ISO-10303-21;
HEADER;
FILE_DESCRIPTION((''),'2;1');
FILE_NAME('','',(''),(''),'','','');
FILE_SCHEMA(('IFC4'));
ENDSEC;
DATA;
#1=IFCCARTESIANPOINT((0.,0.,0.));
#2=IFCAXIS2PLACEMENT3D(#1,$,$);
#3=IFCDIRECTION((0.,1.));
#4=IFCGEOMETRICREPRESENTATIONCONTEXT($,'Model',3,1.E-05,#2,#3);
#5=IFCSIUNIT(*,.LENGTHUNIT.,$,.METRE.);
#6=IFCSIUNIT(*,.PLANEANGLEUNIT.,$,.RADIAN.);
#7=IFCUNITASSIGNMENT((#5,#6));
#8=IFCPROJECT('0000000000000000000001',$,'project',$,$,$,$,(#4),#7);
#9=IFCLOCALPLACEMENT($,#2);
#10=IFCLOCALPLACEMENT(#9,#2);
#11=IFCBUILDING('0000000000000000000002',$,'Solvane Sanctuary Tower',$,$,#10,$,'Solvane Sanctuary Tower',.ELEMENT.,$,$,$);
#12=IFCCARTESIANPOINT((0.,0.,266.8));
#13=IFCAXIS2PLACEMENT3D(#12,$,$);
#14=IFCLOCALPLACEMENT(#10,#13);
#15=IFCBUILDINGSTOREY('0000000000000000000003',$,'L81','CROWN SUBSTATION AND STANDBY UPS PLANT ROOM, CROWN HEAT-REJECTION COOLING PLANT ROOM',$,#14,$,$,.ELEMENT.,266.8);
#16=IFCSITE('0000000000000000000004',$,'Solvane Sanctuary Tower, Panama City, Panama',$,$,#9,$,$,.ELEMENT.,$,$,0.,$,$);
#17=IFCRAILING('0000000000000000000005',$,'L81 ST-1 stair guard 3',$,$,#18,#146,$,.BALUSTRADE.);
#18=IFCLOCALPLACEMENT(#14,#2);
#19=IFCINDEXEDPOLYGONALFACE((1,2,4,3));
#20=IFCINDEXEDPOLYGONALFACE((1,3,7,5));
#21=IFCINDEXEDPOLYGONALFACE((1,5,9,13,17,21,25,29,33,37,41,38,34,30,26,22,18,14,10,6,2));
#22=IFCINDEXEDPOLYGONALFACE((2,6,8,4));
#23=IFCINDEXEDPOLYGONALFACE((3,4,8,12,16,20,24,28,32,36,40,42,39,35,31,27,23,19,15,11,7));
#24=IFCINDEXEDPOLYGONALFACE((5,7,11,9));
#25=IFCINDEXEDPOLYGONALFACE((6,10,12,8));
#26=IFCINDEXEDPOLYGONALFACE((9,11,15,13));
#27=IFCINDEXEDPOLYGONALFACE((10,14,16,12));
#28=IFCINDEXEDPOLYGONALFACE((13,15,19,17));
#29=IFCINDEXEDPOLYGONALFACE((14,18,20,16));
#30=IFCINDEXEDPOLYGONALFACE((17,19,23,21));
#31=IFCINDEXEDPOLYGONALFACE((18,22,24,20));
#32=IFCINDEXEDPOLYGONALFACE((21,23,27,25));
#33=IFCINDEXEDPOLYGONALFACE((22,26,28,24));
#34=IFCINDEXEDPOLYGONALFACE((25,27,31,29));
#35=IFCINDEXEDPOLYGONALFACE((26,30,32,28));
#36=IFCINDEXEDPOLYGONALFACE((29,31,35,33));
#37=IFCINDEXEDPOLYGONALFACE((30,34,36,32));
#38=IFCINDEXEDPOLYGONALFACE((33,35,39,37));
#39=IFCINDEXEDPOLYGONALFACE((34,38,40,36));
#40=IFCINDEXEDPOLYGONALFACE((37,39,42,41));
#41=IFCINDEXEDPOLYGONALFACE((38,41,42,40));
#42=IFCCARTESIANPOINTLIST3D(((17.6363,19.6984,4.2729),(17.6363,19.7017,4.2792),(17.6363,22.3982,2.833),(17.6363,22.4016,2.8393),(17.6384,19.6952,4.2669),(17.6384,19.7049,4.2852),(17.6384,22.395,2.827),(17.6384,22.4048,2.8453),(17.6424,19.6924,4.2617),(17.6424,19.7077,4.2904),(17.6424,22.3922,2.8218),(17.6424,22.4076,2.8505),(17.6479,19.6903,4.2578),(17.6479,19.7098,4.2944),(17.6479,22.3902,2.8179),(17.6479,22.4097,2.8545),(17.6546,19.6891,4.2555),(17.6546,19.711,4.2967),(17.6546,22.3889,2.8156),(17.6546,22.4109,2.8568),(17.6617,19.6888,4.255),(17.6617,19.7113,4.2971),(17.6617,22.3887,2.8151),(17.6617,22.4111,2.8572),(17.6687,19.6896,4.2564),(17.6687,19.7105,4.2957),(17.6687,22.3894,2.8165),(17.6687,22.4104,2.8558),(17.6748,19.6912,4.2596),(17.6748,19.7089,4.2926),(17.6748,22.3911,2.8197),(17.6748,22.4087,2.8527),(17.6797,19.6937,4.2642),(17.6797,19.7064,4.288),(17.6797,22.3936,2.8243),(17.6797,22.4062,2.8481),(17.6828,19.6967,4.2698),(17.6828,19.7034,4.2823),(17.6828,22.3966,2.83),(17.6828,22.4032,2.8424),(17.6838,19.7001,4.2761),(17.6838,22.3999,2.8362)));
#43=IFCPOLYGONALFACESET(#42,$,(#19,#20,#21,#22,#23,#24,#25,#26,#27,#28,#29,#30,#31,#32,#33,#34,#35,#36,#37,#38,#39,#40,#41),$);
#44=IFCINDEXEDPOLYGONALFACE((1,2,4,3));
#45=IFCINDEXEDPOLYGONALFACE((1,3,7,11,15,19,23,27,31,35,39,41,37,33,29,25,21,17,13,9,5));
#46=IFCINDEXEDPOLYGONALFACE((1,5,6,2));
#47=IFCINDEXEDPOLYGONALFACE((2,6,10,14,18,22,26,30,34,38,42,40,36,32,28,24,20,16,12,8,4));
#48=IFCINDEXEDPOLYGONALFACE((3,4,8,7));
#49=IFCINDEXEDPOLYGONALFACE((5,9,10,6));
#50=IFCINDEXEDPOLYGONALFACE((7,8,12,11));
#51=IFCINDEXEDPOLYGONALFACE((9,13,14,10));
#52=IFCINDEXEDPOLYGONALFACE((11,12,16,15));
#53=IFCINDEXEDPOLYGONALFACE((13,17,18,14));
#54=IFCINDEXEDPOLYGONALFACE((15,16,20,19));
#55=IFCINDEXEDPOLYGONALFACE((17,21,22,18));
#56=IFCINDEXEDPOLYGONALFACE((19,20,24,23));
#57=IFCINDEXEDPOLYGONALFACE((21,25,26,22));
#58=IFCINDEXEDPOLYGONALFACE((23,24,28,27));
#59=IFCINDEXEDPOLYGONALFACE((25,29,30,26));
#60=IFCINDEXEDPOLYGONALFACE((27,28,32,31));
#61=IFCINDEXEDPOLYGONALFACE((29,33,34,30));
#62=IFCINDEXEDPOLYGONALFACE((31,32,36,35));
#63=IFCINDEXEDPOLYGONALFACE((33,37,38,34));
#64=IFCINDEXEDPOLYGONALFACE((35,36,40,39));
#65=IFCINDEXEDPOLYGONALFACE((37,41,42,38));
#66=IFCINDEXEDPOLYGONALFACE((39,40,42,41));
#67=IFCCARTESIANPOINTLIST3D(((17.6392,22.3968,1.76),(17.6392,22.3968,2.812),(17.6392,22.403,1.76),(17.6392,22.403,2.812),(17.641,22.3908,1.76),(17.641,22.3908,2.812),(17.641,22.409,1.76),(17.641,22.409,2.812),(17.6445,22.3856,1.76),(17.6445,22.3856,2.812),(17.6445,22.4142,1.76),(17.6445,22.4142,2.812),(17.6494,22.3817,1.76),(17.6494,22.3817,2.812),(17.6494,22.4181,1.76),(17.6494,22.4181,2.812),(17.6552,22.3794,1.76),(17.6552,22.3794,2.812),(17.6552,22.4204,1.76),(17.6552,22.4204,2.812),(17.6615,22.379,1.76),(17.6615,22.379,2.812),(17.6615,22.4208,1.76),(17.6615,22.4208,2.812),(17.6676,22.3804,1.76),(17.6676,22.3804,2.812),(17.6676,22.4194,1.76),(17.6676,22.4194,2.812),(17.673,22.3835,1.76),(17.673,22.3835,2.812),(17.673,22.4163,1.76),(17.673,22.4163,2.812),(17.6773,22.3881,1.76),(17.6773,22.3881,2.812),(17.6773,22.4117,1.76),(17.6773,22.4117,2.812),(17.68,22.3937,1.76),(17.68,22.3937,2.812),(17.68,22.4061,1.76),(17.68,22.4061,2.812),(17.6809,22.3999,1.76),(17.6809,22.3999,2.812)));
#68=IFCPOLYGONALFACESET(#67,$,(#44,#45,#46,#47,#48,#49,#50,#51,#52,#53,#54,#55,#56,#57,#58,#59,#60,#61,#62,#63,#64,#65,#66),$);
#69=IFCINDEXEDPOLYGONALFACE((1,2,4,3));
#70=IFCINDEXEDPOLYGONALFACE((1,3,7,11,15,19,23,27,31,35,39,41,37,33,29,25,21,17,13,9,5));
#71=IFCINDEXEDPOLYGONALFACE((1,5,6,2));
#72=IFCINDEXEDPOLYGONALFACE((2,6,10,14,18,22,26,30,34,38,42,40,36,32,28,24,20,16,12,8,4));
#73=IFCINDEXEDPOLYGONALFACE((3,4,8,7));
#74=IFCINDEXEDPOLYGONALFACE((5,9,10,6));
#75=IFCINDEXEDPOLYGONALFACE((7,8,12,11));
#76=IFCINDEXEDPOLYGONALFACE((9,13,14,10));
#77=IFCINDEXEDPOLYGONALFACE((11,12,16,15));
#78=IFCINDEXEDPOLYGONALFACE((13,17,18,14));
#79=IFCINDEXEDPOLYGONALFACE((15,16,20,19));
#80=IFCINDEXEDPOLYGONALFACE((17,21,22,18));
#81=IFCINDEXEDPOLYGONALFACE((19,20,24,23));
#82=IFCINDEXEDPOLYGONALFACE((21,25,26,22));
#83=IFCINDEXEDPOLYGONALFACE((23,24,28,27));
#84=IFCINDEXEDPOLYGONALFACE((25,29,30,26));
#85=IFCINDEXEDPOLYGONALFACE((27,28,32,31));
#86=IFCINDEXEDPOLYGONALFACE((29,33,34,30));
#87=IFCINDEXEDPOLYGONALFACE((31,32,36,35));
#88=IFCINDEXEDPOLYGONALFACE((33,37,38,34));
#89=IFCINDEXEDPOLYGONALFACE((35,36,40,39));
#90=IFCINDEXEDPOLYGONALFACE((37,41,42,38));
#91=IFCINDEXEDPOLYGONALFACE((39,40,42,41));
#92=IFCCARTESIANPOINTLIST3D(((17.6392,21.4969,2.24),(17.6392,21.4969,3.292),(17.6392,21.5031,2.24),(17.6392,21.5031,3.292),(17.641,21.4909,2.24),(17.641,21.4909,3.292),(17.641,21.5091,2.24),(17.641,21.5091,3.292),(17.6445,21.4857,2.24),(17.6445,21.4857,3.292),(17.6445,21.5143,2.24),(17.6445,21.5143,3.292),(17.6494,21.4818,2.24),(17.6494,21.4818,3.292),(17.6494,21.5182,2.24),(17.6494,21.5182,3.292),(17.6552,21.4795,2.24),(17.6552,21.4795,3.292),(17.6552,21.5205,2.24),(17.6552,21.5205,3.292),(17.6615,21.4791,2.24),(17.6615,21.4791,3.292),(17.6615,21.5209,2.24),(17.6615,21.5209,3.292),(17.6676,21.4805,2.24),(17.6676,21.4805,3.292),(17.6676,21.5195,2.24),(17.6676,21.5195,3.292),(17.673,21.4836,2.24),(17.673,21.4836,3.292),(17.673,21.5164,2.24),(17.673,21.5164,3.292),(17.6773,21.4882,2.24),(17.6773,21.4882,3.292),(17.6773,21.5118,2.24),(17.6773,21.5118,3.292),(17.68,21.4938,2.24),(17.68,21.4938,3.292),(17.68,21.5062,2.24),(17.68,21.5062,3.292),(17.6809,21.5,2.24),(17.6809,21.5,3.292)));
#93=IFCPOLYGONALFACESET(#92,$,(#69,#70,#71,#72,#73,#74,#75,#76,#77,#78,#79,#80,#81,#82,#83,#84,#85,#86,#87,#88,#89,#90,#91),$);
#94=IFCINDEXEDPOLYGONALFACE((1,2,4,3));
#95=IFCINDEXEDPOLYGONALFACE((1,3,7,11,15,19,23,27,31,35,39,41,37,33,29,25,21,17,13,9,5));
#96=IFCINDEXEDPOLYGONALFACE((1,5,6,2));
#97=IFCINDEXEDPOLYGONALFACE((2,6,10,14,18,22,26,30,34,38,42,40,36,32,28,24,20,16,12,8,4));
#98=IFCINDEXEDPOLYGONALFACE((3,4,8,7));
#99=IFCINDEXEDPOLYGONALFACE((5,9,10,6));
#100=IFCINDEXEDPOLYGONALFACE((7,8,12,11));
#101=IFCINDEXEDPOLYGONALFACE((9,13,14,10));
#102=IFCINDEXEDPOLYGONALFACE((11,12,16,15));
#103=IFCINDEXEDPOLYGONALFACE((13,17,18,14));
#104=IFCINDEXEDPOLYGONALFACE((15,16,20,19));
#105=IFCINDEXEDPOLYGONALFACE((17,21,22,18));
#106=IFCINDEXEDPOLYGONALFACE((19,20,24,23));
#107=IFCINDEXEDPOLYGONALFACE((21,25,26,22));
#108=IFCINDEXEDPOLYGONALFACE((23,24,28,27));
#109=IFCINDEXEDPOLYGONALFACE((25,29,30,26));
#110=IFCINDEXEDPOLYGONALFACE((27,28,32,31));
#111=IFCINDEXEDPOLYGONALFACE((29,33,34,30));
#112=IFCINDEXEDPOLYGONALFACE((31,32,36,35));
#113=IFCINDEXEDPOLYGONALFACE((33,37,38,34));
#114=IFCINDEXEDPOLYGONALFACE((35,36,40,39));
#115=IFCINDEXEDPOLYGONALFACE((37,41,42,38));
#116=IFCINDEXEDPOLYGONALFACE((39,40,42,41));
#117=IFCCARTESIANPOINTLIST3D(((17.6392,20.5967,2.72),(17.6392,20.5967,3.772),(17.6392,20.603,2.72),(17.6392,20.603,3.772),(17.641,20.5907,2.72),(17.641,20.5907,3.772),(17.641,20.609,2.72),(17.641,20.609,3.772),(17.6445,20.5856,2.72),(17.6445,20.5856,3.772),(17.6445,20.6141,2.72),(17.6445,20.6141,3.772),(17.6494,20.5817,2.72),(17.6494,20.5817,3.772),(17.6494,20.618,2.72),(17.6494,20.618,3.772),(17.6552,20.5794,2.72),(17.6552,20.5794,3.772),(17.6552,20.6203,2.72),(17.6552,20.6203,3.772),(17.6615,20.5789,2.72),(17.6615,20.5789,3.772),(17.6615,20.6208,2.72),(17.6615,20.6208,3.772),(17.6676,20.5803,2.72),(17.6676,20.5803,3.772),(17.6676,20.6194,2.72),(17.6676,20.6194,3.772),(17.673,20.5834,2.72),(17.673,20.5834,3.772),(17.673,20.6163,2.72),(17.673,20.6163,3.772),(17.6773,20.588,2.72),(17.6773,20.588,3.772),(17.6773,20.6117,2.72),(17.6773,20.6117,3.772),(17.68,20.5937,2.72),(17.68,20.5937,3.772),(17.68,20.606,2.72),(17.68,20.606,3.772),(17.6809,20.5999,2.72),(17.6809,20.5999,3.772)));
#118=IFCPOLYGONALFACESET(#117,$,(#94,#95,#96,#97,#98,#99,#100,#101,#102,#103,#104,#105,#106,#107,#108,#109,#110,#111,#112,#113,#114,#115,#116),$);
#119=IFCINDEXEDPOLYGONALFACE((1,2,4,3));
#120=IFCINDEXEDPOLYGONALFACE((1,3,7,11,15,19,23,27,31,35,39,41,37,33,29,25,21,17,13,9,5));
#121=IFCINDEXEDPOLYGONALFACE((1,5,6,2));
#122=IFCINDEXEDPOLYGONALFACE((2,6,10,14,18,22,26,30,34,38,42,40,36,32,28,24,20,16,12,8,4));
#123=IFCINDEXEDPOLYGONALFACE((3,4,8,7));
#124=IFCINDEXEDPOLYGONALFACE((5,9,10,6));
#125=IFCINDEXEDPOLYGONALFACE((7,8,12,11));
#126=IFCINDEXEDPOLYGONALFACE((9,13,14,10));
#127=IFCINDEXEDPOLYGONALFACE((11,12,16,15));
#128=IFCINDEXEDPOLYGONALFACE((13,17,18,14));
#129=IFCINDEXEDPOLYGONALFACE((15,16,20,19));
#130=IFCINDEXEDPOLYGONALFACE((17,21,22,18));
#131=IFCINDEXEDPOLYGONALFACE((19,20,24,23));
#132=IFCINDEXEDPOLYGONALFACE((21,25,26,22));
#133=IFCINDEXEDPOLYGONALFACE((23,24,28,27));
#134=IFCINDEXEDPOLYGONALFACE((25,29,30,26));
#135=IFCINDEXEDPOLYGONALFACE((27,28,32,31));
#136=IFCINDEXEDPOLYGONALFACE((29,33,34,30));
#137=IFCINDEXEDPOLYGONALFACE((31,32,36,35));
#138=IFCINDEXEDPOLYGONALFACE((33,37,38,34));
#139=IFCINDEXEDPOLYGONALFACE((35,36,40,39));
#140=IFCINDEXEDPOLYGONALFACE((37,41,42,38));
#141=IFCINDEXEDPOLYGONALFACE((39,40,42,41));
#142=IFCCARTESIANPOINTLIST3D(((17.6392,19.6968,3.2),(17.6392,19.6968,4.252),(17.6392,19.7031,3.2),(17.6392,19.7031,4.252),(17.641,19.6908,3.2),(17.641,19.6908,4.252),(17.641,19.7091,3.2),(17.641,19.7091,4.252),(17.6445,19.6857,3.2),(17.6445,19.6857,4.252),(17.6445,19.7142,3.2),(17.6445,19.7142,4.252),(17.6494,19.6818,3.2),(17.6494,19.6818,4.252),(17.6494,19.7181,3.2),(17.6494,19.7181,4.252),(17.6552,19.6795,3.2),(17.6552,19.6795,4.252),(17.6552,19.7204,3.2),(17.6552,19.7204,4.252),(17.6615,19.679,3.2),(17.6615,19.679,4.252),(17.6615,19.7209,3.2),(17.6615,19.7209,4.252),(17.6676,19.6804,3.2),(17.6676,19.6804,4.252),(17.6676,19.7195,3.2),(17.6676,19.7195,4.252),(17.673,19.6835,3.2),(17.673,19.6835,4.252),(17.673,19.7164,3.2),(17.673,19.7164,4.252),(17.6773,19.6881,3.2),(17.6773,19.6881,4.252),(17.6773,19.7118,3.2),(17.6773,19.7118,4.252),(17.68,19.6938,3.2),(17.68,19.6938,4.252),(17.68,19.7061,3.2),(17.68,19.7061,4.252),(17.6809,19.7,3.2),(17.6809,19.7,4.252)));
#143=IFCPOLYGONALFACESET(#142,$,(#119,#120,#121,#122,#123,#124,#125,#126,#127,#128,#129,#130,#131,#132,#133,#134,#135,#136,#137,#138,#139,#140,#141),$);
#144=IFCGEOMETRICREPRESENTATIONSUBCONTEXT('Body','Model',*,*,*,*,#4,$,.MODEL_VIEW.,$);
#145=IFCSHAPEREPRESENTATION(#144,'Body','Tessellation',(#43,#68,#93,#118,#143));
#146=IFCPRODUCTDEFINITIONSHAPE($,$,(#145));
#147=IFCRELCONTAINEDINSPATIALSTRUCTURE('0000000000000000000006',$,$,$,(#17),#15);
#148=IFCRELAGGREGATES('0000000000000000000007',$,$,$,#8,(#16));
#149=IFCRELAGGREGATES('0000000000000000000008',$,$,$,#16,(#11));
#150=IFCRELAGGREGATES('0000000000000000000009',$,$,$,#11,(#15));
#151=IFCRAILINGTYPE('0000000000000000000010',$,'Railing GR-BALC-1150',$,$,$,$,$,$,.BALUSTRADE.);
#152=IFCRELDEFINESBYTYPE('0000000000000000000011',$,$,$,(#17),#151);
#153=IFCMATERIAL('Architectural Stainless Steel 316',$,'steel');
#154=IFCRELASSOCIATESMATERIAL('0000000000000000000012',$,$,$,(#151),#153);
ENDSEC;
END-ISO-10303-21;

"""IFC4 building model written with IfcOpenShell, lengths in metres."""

from ifc_helpers import new_model, si_unit, direction, frame, origin, origin_2d, place, context, subcontext, project, spatial, circle, extrude, material, type_object, element, save


model = new_model("IFC4")

# Units and contexts
model_context = context("Model", 3, precision=1e-05, world=origin(), true_north=direction((0.0, 1.0)))
body_context = subcontext(model_context, "Body", "Model", "MODEL_VIEW")
ifc_project = project(units=[si_unit("LENGTHUNIT", "METRE"), si_unit("PLANEANGLEUNIT", "RADIAN")], contexts=[model_context])

# Site, building, storey
site_placement = place(None, origin())
site = spatial("IfcSite", under=ifc_project, at=site_placement, Name="Solvane Sanctuary Tower, Panama City, Panama", CompositionType="ELEMENT", RefElevation=0.0)
building_placement = place(site_placement, origin())
building = spatial("IfcBuilding", under=site, at=building_placement, Name="Solvane Sanctuary Tower", LongName="Solvane Sanctuary Tower", CompositionType="ELEMENT")
storey_placement = place(building_placement, frame((0.0, 0.0, 266.8)))
storey = spatial("IfcBuildingStorey", under=building, at=storey_placement, Name="L81", Description="CROWN SUBSTATION AND STANDBY UPS PLANT ROOM, CROWN HEAT-REJECTION COOLING PLANT ROOM", CompositionType="ELEMENT", Elevation=266.8)

# Shared definitions
ifc_material_1 = material(Name="Architectural Stainless Steel 316", Category="steel")

# Railing
railing_type_1 = type_object("IfcRailingType", Name="Railing GR-BALC-1150", PredefinedType="BALUSTRADE", material=ifc_material_1)
railing_1_placement = place(storey_placement, frame((17.6599, 22.3999, 1.76)))
element("IfcRailing", 1, at=railing_1_placement, inside=storey, type_object=railing_type_1, Name="L81 ST-1 stair guard 3", PredefinedType="BALUSTRADE", context=body_context, shape_type="SweptSolid", body=[
    extrude(circle(Radius=0.0239, at=origin_2d()), frame((0.0, 0.0, 1.0762), z_axis=(0.0, -0.882357, 0.47058), x_axis=(1.0, 0.0, 0.0)), (0.0, 0.0, 1.0), 3.0598),
    extrude(circle(Radius=0.021, at=origin_2d()), origin(), (0.0, 0.0, 1.0), 1.052),
    extrude(circle(Radius=0.021, at=origin_2d()), frame((0.0, -0.8999, 0.48)), (0.0, 0.0, 1.0), 1.052),
    extrude(circle(Radius=0.021, at=origin_2d()), frame((0.0, -1.8, 0.96)), (0.0, 0.0, 1.0), 1.052),
    extrude(circle(Radius=0.021, at=origin_2d()), frame((0.0, -2.7, 1.4399)), (0.0, 0.0, 1.0), 1.052),
])

save(model, "model.ifc")
